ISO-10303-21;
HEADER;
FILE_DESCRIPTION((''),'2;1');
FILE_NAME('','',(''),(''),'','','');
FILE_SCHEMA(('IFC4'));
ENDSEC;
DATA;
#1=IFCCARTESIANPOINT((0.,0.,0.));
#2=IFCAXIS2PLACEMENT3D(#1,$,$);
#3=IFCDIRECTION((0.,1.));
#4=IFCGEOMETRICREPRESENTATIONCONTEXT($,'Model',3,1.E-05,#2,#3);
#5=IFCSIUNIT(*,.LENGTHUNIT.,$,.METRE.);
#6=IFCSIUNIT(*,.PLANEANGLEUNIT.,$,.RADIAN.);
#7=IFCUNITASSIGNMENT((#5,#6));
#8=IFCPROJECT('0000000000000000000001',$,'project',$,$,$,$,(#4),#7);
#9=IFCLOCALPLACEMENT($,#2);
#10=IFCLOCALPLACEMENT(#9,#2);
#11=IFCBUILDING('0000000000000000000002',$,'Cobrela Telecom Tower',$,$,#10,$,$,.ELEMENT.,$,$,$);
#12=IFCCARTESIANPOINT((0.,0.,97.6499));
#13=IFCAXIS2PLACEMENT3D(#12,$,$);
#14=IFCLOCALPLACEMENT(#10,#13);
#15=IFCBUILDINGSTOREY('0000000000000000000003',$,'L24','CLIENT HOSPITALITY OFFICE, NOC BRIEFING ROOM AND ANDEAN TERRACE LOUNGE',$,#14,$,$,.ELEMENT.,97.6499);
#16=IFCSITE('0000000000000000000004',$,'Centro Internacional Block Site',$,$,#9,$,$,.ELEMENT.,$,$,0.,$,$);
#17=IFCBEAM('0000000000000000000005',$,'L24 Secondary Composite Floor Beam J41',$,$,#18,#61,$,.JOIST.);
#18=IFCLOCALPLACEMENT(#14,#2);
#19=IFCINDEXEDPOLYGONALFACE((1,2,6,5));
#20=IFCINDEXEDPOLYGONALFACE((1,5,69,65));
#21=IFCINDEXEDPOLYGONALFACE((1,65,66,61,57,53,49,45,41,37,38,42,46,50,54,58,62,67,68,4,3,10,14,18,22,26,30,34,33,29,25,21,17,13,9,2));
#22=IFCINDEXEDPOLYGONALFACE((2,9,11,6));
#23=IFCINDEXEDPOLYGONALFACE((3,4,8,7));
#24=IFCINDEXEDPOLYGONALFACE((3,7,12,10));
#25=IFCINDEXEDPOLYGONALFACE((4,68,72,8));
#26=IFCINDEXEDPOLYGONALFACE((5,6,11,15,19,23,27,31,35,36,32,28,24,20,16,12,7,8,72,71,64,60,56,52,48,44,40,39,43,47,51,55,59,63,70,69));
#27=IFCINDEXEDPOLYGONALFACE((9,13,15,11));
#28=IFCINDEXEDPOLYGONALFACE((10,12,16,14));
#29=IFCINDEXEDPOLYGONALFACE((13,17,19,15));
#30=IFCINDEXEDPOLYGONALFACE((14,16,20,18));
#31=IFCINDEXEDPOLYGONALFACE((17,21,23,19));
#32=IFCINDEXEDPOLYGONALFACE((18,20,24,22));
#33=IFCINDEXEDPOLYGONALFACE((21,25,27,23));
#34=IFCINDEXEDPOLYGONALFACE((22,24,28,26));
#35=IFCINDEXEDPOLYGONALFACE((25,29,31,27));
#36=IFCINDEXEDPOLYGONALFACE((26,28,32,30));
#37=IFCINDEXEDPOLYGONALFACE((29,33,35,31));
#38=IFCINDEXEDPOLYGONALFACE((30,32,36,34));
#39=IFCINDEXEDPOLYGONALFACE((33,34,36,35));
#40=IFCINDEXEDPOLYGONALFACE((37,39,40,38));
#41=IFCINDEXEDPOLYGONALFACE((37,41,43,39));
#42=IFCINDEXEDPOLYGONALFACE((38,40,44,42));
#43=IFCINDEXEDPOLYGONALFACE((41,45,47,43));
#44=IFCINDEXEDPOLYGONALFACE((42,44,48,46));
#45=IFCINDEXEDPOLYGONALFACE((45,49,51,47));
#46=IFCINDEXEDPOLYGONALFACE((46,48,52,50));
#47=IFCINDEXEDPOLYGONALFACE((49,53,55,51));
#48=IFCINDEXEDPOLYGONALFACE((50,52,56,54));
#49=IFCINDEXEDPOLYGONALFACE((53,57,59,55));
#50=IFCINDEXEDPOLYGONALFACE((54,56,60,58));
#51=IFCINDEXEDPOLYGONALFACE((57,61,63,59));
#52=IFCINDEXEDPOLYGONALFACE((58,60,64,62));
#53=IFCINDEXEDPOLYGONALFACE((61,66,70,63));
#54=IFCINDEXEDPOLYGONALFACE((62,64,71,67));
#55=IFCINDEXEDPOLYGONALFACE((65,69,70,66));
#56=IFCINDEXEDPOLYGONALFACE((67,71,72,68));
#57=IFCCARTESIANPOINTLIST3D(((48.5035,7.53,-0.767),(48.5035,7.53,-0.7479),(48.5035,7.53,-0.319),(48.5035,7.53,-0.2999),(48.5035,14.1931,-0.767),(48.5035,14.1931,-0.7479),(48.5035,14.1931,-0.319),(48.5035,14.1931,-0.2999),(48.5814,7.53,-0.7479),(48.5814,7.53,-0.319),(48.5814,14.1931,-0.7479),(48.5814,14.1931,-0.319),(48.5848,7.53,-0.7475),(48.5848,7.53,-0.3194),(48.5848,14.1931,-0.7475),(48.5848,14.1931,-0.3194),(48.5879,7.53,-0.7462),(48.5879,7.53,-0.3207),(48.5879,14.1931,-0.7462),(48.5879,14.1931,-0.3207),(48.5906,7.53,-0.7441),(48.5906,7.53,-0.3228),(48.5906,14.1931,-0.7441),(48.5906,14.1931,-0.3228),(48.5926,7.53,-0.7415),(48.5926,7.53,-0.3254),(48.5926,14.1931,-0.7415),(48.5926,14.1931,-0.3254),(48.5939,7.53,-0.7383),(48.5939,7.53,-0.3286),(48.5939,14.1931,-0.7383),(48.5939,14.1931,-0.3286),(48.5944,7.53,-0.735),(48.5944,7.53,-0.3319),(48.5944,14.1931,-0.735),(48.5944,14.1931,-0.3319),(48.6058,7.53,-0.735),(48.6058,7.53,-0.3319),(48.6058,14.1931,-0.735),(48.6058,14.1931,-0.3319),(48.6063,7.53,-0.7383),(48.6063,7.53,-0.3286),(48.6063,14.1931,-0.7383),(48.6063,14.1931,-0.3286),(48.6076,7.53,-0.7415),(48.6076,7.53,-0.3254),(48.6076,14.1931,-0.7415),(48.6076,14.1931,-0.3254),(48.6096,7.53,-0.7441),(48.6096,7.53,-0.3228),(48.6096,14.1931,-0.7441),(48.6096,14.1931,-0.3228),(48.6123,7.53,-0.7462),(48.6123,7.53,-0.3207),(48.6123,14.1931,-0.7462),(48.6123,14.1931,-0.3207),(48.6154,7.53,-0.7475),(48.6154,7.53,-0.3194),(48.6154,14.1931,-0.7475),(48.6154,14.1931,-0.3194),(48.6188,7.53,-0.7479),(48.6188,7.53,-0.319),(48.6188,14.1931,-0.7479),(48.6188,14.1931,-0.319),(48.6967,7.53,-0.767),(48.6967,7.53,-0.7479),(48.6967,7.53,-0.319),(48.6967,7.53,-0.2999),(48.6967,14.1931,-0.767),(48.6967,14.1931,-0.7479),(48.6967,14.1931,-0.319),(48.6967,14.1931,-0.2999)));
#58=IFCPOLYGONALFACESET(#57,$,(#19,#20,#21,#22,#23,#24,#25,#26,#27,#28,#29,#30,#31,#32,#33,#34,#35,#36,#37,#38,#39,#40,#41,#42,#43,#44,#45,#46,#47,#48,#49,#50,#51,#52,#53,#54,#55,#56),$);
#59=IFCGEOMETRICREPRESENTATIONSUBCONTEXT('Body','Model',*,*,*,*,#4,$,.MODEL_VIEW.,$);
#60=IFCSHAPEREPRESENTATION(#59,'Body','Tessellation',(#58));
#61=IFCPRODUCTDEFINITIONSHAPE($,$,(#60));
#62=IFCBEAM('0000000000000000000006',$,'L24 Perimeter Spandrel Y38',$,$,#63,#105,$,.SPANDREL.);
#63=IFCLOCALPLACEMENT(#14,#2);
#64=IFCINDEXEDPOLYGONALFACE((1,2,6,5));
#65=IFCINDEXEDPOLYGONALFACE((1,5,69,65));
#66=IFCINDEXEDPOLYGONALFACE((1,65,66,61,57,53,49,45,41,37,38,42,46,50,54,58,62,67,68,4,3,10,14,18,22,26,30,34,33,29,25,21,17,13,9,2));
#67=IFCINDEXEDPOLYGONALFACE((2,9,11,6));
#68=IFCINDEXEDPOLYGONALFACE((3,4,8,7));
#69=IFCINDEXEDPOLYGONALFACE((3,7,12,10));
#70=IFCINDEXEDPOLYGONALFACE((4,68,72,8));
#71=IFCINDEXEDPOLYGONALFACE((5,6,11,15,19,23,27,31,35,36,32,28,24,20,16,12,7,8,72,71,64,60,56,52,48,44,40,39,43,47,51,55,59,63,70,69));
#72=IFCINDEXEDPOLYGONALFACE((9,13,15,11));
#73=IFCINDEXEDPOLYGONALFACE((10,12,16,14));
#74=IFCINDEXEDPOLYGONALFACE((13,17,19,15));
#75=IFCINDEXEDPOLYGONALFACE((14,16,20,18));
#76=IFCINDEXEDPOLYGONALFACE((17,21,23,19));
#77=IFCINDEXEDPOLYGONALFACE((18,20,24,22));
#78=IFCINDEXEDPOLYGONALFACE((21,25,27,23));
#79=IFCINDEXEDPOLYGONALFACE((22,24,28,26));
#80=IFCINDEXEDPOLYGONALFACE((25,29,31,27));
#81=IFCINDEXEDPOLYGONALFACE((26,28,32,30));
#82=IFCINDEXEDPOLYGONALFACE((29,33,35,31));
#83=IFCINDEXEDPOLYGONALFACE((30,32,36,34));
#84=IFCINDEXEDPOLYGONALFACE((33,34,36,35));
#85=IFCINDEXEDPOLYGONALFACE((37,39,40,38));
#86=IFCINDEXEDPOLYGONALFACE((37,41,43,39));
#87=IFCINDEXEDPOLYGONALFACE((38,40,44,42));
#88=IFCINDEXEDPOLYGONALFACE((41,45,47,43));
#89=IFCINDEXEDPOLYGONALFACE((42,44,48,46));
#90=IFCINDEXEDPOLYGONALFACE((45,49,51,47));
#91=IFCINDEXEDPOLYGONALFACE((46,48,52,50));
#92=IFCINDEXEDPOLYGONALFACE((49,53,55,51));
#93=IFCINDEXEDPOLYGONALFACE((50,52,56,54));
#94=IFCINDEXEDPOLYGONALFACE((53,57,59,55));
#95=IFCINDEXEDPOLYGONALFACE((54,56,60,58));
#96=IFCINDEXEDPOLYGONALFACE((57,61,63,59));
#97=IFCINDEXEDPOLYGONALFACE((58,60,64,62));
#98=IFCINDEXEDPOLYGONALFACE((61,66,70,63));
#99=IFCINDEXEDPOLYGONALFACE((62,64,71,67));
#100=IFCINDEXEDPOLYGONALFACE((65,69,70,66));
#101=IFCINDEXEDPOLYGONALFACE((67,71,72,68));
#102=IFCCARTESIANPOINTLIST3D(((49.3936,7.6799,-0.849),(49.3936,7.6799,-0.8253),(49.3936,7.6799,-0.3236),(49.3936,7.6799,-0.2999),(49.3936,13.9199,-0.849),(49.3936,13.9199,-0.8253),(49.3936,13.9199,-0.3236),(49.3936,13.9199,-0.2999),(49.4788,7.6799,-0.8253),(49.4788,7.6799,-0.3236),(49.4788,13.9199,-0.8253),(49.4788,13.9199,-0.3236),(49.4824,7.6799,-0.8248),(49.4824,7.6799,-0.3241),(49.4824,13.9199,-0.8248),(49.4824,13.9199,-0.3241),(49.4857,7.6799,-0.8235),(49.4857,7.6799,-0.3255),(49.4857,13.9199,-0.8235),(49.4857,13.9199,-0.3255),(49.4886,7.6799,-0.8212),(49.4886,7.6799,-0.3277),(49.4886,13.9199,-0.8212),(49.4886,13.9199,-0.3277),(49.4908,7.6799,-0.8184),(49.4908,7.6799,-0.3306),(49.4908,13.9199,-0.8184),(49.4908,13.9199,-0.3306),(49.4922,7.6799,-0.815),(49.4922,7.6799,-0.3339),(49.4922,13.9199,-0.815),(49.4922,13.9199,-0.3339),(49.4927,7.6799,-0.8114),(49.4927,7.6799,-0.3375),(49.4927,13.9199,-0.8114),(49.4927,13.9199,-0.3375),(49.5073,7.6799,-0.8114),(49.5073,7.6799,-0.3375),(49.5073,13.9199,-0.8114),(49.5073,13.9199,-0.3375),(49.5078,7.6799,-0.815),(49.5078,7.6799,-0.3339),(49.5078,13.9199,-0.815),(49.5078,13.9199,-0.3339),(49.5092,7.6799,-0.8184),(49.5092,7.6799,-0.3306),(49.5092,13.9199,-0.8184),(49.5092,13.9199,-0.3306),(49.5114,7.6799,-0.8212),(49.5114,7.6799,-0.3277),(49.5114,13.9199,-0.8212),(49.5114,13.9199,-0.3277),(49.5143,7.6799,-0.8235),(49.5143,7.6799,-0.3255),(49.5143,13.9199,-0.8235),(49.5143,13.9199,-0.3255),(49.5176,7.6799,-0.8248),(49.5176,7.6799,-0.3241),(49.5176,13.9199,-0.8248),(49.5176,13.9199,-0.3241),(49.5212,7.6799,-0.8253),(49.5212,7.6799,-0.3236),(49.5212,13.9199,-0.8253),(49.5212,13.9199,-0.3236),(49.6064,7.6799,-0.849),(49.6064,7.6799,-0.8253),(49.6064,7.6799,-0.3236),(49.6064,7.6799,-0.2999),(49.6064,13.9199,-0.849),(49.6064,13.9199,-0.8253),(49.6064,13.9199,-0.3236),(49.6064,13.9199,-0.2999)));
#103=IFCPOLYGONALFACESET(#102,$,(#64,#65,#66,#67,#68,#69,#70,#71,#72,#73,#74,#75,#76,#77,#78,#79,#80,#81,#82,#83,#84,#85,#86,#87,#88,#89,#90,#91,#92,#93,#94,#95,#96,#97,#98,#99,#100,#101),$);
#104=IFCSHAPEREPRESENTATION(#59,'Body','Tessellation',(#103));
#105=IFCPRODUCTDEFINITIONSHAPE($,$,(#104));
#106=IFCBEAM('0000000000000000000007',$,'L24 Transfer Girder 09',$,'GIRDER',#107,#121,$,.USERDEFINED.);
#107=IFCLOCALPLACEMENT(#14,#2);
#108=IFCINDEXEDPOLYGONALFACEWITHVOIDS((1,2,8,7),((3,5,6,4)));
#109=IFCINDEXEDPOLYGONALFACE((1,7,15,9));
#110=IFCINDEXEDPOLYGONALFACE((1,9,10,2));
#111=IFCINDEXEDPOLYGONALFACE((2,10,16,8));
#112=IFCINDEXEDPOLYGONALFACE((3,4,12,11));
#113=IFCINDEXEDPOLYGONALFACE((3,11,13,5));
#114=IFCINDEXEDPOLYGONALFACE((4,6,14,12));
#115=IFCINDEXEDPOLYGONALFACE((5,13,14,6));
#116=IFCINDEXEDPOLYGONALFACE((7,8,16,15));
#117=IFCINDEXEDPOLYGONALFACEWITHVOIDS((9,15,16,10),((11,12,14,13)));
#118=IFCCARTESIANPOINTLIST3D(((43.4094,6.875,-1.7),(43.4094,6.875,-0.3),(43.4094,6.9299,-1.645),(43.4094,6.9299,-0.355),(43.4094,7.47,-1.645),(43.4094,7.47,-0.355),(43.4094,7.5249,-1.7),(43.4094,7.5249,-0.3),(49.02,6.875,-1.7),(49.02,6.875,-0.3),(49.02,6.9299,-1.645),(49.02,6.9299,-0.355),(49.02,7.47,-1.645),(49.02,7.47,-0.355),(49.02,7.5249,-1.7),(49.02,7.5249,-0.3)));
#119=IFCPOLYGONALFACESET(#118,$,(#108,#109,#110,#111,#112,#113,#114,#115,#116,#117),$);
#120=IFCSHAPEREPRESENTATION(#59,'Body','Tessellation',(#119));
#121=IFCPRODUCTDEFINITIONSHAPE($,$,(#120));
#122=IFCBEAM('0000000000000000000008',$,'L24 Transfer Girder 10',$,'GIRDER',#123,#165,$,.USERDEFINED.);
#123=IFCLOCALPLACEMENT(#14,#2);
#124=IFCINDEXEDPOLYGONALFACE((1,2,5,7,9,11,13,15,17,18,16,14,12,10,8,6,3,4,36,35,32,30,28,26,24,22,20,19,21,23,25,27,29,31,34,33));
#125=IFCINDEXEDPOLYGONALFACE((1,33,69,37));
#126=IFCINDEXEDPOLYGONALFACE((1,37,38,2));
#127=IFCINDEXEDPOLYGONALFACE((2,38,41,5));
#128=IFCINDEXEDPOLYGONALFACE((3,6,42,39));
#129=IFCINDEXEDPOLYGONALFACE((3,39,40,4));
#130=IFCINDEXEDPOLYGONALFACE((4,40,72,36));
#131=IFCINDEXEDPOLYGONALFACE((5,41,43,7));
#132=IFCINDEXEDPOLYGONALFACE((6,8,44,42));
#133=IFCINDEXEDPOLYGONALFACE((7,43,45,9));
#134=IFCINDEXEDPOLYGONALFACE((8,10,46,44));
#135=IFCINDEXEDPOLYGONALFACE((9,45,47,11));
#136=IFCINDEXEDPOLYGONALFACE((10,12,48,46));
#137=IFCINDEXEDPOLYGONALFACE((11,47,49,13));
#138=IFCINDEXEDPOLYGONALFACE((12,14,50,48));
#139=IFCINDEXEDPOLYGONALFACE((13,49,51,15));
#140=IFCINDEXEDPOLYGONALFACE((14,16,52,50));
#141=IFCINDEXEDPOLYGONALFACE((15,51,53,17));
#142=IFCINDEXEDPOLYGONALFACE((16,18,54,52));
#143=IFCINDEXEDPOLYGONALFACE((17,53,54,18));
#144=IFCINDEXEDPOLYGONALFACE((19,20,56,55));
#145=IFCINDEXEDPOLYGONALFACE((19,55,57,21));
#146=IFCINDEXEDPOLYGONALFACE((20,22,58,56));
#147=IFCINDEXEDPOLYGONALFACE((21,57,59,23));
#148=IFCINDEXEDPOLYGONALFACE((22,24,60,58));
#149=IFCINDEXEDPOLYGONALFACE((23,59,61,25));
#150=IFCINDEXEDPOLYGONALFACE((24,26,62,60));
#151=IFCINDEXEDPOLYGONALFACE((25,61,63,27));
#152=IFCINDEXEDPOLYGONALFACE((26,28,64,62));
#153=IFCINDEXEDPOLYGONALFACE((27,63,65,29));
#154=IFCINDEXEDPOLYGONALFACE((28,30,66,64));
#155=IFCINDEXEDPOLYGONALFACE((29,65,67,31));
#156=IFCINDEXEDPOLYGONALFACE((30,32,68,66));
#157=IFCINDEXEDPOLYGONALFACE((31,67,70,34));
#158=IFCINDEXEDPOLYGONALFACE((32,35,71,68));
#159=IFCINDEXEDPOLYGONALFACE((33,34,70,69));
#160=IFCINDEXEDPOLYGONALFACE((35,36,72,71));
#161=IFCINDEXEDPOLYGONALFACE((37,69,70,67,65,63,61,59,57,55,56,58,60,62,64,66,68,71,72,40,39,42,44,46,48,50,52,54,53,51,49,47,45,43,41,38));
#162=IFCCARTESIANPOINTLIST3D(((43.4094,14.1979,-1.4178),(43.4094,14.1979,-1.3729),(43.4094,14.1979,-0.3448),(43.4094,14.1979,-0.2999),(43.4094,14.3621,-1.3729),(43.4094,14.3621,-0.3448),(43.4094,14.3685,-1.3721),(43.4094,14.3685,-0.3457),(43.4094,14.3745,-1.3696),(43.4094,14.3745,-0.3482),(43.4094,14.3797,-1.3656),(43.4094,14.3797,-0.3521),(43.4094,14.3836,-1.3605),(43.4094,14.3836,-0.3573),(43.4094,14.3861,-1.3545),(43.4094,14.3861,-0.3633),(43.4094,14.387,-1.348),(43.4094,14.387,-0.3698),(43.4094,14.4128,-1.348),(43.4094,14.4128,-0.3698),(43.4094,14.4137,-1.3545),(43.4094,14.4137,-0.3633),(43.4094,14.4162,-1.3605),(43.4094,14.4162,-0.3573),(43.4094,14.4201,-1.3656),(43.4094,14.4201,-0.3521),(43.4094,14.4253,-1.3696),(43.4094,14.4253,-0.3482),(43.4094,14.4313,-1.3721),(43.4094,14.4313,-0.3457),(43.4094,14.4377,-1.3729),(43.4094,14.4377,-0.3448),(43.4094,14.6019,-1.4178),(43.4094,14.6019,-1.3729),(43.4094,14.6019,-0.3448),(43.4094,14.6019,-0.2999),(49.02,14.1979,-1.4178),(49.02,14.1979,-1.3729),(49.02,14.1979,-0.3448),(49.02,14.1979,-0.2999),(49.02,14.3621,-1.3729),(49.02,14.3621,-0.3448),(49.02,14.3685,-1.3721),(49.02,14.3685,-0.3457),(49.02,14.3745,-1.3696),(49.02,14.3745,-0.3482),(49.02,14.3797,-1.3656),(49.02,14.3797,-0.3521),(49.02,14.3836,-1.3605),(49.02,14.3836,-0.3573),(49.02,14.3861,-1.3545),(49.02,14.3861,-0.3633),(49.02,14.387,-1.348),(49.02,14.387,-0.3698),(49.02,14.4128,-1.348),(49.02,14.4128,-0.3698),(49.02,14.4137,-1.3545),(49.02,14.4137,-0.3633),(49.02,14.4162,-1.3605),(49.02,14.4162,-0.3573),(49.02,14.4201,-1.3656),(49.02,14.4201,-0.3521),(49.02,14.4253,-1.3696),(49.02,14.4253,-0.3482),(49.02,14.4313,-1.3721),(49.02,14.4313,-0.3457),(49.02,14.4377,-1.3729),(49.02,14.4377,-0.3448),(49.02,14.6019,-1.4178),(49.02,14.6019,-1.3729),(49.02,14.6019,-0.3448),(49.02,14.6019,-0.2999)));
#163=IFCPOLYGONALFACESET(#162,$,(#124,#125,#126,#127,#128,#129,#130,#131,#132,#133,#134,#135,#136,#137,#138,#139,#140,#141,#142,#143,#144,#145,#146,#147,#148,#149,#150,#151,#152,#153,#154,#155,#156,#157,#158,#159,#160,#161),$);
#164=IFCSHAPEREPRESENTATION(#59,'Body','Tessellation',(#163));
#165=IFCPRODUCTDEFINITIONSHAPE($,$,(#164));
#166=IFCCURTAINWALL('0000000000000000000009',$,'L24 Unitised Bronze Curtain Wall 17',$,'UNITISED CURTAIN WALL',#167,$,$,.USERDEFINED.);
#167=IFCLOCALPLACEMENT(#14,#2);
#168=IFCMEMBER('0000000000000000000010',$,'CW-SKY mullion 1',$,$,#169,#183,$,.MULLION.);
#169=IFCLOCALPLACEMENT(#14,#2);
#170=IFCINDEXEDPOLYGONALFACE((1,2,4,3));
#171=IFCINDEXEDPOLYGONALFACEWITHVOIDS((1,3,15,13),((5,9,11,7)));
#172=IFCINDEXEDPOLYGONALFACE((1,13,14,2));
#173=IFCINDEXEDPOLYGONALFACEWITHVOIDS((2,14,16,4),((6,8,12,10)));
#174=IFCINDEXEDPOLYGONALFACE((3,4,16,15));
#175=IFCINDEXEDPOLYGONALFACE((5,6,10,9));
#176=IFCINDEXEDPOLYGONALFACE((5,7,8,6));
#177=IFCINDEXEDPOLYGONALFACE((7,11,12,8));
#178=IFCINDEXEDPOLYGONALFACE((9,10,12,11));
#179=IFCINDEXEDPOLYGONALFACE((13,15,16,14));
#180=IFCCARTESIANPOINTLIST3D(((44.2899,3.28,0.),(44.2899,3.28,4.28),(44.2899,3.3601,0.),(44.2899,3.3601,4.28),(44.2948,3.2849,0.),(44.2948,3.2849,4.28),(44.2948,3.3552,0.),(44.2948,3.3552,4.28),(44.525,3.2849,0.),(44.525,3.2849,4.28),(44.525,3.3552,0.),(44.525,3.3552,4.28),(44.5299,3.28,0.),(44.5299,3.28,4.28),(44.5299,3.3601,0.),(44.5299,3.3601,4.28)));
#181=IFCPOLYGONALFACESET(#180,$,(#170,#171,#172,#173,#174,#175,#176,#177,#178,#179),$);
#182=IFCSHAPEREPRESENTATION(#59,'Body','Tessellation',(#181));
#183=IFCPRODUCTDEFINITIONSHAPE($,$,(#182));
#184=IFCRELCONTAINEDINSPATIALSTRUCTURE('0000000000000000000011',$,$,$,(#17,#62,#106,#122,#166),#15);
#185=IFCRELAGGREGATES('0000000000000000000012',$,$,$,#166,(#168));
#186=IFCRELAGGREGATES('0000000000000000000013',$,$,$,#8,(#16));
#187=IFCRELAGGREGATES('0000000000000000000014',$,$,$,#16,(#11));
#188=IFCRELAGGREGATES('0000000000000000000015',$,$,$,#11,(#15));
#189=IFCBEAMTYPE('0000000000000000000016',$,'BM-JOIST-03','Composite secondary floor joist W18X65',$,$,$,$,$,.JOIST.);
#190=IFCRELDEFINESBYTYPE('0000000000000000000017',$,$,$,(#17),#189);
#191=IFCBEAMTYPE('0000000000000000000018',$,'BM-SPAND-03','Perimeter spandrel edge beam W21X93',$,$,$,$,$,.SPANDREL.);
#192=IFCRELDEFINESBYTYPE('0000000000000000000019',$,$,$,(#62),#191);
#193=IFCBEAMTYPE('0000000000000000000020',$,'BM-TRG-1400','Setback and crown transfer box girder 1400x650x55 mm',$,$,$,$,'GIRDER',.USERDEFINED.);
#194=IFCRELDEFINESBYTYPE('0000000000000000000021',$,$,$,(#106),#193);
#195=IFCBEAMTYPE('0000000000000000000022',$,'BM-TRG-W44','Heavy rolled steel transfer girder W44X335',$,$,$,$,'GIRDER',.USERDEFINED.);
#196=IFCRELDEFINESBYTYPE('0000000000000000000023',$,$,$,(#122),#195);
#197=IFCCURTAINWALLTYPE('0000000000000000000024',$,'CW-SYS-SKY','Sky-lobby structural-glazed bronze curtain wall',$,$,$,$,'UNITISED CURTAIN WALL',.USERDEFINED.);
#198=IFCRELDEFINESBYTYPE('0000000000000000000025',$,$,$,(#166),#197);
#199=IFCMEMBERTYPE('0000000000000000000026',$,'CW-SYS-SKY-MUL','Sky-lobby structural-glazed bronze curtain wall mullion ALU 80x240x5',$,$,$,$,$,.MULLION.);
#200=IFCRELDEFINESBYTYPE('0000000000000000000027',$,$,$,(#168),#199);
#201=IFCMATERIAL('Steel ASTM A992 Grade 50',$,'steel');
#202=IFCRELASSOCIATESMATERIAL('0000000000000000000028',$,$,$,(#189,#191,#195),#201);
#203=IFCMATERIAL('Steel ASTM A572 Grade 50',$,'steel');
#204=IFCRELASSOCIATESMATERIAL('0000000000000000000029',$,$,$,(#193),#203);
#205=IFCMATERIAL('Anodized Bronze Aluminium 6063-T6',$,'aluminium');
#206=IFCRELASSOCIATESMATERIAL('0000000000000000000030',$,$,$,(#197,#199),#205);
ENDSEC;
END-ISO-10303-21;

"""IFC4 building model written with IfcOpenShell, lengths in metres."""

from ifc_helpers import new_model, si_unit, direction, frame, origin, origin_2d, place, context, subcontext, project, spatial, hollow_rectangle, i_section, extrude, material, material_profile, profile_set, type_object, element, aggregate, save


model = new_model("IFC4")

# Units and contexts
model_context = context("Model", 3, precision=1e-05, world=origin(), true_north=direction((0.0, 1.0)))
body_context = subcontext(model_context, "Body", "Model", "MODEL_VIEW")
ifc_project = project(units=[si_unit("LENGTHUNIT", "METRE"), si_unit("PLANEANGLEUNIT", "RADIAN")], contexts=[model_context])

# Site, building, storey
site_placement = place(None, origin())
site = spatial("IfcSite", under=ifc_project, at=site_placement, Name="Centro Internacional Block Site", CompositionType="ELEMENT", RefElevation=0.0)
building_placement = place(site_placement, origin())
building = spatial("IfcBuilding", under=site, at=building_placement, Name="Cobrela Telecom Tower", CompositionType="ELEMENT")
storey_placement = place(building_placement, frame((0.0, 0.0, 97.6499)))
storey = spatial("IfcBuildingStorey", under=building, at=storey_placement, Name="L24", Description="CLIENT HOSPITALITY OFFICE, NOC BRIEFING ROOM AND ANDEAN TERRACE LOUNGE", CompositionType="ELEMENT", Elevation=97.6499)

# Shared definitions
ifc_material_1 = material(Name="Steel ASTM A992 Grade 50", Category="steel")
ifc_material_2 = material(Name="Steel ASTM A572 Grade 50", Category="steel")

# Beams
ifc_material_profile_1 = material_profile(ifc_material_1, i_section(OverallWidth=0.1931, OverallDepth=0.467, WebThickness=0.0115, FlangeThickness=0.019, FilletRadius=0.0129, at=origin_2d()), Name="W18X65")
ifc_profile_set_1 = profile_set([ifc_material_profile_1], Name="Steel ASTM A992 Grade 50")
beam_type_1 = type_object("IfcBeamType", Name="BM-JOIST-03", Description="Composite secondary floor joist W18X65", PredefinedType="JOIST", material=ifc_profile_set_1)
for number, where, z_axis, x_axis, name in (
    (1, (48.6001, 7.53, -0.5334), (0.0, 1.0, 0.0), (-1.0, 0.0, 0.0), "L24 Secondary Composite Floor Beam J41"),
):
    element("IfcBeam", number, at=place(storey_placement, frame(where, z_axis=z_axis, x_axis=x_axis)), inside=storey, type_object=beam_type_1, Name=name, PredefinedType="JOIST", context=body_context, shape_type="SweptSolid", body=[
        extrude(i_section(OverallWidth=0.1931, OverallDepth=0.467, WebThickness=0.0115, FlangeThickness=0.019, FilletRadius=0.0129, at=origin_2d()), origin(), (0.0, 0.0, 1.0), 6.6631),
    ])
ifc_material_profile_2 = material_profile(ifc_material_1, i_section(OverallWidth=0.2129, OverallDepth=0.5491, WebThickness=0.0146, FlangeThickness=0.0237, FilletRadius=0.0139, at=origin_2d()), Name="W21X93")
ifc_profile_set_2 = profile_set([ifc_material_profile_2], Name="Steel ASTM A992 Grade 50")
beam_type_2 = type_object("IfcBeamType", Name="BM-SPAND-03", Description="Perimeter spandrel edge beam W21X93", PredefinedType="SPANDREL", material=ifc_profile_set_2)
beam_1_placement = place(storey_placement, frame((49.5, 7.6799, -0.5745), z_axis=(0.0, 1.0, 0.0), x_axis=(-1.0, 0.0, 0.0)))
element("IfcBeam", 2, at=beam_1_placement, inside=storey, type_object=beam_type_2, Name="L24 Perimeter Spandrel Y38", PredefinedType="SPANDREL", context=body_context, shape_type="SweptSolid", body=[
    extrude(i_section(OverallWidth=0.2129, OverallDepth=0.5491, WebThickness=0.0146, FlangeThickness=0.0237, FilletRadius=0.0139, at=origin_2d()), origin(), (0.0, 0.0, 1.0), 6.24),
])
ifc_material_profile_3 = material_profile(ifc_material_2, hollow_rectangle(XDim=0.6499, YDim=1.3999, WallThickness=0.0549, at=origin_2d()), Name="BOX 1400x650x55")
ifc_profile_set_3 = profile_set([ifc_material_profile_3], Name="Steel ASTM A572 Grade 50")
beam_type_3 = type_object("IfcBeamType", Name="BM-TRG-1400", Description="Setback and crown transfer box girder 1400x650x55 mm", ElementType="GIRDER", PredefinedType="USERDEFINED", material=ifc_profile_set_3)
beam_2_placement = place(storey_placement, frame((43.4094, 7.2, -1.0), z_axis=(1.0, 0.0, 0.0), x_axis=(0.0, 1.0, 0.0)))
element("IfcBeam", 3, at=beam_2_placement, inside=storey, type_object=beam_type_3, Name="L24 Transfer Girder 09", ObjectType="GIRDER", PredefinedType="USERDEFINED", context=body_context, shape_type="SweptSolid", body=[
    extrude(hollow_rectangle(XDim=0.6499, YDim=1.3999, WallThickness=0.0549, at=origin_2d()), origin(), (0.0, 0.0, 1.0), 5.6106),
])
ifc_material_profile_4 = material_profile(ifc_material_1, i_section(OverallWidth=0.4041, OverallDepth=1.1179, WebThickness=0.0259, FlangeThickness=0.0449, FilletRadius=0.0249, at=origin_2d()), Name="W44X335")
ifc_profile_set_4 = profile_set([ifc_material_profile_4], Name="Steel ASTM A992 Grade 50")
beam_type_4 = type_object("IfcBeamType", Name="BM-TRG-W44", Description="Heavy rolled steel transfer girder W44X335", ElementType="GIRDER", PredefinedType="USERDEFINED", material=ifc_profile_set_4)
beam_3_placement = place(storey_placement, frame((43.4094, 14.3999, -0.8589), z_axis=(1.0, 0.0, 0.0), x_axis=(0.0, 1.0, 0.0)))
element("IfcBeam", 4, at=beam_3_placement, inside=storey, type_object=beam_type_4, Name="L24 Transfer Girder 10", ObjectType="GIRDER", PredefinedType="USERDEFINED", context=body_context, shape_type="SweptSolid", body=[
    extrude(i_section(OverallWidth=0.4041, OverallDepth=1.1179, WebThickness=0.0259, FlangeThickness=0.0449, FilletRadius=0.0249, at=origin_2d()), origin(), (0.0, 0.0, 1.0), 5.6106),
])

# Curtain wall, member
ifc_material_3 = material(Name="Anodized Bronze Aluminium 6063-T6", Category="aluminium")
curtain_wall_type = type_object("IfcCurtainWallType", Name="CW-SYS-SKY", Description="Sky-lobby structural-glazed bronze curtain wall", ElementType="UNITISED CURTAIN WALL", PredefinedType="USERDEFINED", material=ifc_material_3)
curtain_wall_placement = place(storey_placement, origin())
curtain_wall = element("IfcCurtainWall", 5, at=curtain_wall_placement, inside=storey, type_object=curtain_wall_type, Name="L24 Unitised Bronze Curtain Wall 17", ObjectType="UNITISED CURTAIN WALL", PredefinedType="USERDEFINED")
ifc_material_profile_5 = material_profile(ifc_material_3, hollow_rectangle(XDim=0.0801, YDim=0.24, WallThickness=0.0049, at=origin_2d()), Name="ALU 80x240x5")
ifc_profile_set_5 = profile_set([ifc_material_profile_5], Name="Anodized Bronze Aluminium 6063-T6")
member_type_1 = type_object("IfcMemberType", Name="CW-SYS-SKY-MUL", Description="Sky-lobby structural-glazed bronze curtain wall mullion ALU 80x240x5", PredefinedType="MULLION", material=ifc_profile_set_5)
member_1_placement = place(storey_placement, frame((44.4099, 3.3201, 0.0), z_axis=(0.0, 0.0, 1.0), x_axis=(0.0, -1.0, 0.0)))
member_1 = element("IfcMember", 6, at=member_1_placement, type_object=member_type_1, Name="CW-SKY mullion 1", PredefinedType="MULLION", context=body_context, shape_type="SweptSolid", body=[
    extrude(hollow_rectangle(XDim=0.0801, YDim=0.24, WallThickness=0.0049, at=origin_2d()), origin(), (0.0, 0.0, 1.0), 4.28),
])
aggregate(curtain_wall, [member_1])

save(model, "model.ifc")
